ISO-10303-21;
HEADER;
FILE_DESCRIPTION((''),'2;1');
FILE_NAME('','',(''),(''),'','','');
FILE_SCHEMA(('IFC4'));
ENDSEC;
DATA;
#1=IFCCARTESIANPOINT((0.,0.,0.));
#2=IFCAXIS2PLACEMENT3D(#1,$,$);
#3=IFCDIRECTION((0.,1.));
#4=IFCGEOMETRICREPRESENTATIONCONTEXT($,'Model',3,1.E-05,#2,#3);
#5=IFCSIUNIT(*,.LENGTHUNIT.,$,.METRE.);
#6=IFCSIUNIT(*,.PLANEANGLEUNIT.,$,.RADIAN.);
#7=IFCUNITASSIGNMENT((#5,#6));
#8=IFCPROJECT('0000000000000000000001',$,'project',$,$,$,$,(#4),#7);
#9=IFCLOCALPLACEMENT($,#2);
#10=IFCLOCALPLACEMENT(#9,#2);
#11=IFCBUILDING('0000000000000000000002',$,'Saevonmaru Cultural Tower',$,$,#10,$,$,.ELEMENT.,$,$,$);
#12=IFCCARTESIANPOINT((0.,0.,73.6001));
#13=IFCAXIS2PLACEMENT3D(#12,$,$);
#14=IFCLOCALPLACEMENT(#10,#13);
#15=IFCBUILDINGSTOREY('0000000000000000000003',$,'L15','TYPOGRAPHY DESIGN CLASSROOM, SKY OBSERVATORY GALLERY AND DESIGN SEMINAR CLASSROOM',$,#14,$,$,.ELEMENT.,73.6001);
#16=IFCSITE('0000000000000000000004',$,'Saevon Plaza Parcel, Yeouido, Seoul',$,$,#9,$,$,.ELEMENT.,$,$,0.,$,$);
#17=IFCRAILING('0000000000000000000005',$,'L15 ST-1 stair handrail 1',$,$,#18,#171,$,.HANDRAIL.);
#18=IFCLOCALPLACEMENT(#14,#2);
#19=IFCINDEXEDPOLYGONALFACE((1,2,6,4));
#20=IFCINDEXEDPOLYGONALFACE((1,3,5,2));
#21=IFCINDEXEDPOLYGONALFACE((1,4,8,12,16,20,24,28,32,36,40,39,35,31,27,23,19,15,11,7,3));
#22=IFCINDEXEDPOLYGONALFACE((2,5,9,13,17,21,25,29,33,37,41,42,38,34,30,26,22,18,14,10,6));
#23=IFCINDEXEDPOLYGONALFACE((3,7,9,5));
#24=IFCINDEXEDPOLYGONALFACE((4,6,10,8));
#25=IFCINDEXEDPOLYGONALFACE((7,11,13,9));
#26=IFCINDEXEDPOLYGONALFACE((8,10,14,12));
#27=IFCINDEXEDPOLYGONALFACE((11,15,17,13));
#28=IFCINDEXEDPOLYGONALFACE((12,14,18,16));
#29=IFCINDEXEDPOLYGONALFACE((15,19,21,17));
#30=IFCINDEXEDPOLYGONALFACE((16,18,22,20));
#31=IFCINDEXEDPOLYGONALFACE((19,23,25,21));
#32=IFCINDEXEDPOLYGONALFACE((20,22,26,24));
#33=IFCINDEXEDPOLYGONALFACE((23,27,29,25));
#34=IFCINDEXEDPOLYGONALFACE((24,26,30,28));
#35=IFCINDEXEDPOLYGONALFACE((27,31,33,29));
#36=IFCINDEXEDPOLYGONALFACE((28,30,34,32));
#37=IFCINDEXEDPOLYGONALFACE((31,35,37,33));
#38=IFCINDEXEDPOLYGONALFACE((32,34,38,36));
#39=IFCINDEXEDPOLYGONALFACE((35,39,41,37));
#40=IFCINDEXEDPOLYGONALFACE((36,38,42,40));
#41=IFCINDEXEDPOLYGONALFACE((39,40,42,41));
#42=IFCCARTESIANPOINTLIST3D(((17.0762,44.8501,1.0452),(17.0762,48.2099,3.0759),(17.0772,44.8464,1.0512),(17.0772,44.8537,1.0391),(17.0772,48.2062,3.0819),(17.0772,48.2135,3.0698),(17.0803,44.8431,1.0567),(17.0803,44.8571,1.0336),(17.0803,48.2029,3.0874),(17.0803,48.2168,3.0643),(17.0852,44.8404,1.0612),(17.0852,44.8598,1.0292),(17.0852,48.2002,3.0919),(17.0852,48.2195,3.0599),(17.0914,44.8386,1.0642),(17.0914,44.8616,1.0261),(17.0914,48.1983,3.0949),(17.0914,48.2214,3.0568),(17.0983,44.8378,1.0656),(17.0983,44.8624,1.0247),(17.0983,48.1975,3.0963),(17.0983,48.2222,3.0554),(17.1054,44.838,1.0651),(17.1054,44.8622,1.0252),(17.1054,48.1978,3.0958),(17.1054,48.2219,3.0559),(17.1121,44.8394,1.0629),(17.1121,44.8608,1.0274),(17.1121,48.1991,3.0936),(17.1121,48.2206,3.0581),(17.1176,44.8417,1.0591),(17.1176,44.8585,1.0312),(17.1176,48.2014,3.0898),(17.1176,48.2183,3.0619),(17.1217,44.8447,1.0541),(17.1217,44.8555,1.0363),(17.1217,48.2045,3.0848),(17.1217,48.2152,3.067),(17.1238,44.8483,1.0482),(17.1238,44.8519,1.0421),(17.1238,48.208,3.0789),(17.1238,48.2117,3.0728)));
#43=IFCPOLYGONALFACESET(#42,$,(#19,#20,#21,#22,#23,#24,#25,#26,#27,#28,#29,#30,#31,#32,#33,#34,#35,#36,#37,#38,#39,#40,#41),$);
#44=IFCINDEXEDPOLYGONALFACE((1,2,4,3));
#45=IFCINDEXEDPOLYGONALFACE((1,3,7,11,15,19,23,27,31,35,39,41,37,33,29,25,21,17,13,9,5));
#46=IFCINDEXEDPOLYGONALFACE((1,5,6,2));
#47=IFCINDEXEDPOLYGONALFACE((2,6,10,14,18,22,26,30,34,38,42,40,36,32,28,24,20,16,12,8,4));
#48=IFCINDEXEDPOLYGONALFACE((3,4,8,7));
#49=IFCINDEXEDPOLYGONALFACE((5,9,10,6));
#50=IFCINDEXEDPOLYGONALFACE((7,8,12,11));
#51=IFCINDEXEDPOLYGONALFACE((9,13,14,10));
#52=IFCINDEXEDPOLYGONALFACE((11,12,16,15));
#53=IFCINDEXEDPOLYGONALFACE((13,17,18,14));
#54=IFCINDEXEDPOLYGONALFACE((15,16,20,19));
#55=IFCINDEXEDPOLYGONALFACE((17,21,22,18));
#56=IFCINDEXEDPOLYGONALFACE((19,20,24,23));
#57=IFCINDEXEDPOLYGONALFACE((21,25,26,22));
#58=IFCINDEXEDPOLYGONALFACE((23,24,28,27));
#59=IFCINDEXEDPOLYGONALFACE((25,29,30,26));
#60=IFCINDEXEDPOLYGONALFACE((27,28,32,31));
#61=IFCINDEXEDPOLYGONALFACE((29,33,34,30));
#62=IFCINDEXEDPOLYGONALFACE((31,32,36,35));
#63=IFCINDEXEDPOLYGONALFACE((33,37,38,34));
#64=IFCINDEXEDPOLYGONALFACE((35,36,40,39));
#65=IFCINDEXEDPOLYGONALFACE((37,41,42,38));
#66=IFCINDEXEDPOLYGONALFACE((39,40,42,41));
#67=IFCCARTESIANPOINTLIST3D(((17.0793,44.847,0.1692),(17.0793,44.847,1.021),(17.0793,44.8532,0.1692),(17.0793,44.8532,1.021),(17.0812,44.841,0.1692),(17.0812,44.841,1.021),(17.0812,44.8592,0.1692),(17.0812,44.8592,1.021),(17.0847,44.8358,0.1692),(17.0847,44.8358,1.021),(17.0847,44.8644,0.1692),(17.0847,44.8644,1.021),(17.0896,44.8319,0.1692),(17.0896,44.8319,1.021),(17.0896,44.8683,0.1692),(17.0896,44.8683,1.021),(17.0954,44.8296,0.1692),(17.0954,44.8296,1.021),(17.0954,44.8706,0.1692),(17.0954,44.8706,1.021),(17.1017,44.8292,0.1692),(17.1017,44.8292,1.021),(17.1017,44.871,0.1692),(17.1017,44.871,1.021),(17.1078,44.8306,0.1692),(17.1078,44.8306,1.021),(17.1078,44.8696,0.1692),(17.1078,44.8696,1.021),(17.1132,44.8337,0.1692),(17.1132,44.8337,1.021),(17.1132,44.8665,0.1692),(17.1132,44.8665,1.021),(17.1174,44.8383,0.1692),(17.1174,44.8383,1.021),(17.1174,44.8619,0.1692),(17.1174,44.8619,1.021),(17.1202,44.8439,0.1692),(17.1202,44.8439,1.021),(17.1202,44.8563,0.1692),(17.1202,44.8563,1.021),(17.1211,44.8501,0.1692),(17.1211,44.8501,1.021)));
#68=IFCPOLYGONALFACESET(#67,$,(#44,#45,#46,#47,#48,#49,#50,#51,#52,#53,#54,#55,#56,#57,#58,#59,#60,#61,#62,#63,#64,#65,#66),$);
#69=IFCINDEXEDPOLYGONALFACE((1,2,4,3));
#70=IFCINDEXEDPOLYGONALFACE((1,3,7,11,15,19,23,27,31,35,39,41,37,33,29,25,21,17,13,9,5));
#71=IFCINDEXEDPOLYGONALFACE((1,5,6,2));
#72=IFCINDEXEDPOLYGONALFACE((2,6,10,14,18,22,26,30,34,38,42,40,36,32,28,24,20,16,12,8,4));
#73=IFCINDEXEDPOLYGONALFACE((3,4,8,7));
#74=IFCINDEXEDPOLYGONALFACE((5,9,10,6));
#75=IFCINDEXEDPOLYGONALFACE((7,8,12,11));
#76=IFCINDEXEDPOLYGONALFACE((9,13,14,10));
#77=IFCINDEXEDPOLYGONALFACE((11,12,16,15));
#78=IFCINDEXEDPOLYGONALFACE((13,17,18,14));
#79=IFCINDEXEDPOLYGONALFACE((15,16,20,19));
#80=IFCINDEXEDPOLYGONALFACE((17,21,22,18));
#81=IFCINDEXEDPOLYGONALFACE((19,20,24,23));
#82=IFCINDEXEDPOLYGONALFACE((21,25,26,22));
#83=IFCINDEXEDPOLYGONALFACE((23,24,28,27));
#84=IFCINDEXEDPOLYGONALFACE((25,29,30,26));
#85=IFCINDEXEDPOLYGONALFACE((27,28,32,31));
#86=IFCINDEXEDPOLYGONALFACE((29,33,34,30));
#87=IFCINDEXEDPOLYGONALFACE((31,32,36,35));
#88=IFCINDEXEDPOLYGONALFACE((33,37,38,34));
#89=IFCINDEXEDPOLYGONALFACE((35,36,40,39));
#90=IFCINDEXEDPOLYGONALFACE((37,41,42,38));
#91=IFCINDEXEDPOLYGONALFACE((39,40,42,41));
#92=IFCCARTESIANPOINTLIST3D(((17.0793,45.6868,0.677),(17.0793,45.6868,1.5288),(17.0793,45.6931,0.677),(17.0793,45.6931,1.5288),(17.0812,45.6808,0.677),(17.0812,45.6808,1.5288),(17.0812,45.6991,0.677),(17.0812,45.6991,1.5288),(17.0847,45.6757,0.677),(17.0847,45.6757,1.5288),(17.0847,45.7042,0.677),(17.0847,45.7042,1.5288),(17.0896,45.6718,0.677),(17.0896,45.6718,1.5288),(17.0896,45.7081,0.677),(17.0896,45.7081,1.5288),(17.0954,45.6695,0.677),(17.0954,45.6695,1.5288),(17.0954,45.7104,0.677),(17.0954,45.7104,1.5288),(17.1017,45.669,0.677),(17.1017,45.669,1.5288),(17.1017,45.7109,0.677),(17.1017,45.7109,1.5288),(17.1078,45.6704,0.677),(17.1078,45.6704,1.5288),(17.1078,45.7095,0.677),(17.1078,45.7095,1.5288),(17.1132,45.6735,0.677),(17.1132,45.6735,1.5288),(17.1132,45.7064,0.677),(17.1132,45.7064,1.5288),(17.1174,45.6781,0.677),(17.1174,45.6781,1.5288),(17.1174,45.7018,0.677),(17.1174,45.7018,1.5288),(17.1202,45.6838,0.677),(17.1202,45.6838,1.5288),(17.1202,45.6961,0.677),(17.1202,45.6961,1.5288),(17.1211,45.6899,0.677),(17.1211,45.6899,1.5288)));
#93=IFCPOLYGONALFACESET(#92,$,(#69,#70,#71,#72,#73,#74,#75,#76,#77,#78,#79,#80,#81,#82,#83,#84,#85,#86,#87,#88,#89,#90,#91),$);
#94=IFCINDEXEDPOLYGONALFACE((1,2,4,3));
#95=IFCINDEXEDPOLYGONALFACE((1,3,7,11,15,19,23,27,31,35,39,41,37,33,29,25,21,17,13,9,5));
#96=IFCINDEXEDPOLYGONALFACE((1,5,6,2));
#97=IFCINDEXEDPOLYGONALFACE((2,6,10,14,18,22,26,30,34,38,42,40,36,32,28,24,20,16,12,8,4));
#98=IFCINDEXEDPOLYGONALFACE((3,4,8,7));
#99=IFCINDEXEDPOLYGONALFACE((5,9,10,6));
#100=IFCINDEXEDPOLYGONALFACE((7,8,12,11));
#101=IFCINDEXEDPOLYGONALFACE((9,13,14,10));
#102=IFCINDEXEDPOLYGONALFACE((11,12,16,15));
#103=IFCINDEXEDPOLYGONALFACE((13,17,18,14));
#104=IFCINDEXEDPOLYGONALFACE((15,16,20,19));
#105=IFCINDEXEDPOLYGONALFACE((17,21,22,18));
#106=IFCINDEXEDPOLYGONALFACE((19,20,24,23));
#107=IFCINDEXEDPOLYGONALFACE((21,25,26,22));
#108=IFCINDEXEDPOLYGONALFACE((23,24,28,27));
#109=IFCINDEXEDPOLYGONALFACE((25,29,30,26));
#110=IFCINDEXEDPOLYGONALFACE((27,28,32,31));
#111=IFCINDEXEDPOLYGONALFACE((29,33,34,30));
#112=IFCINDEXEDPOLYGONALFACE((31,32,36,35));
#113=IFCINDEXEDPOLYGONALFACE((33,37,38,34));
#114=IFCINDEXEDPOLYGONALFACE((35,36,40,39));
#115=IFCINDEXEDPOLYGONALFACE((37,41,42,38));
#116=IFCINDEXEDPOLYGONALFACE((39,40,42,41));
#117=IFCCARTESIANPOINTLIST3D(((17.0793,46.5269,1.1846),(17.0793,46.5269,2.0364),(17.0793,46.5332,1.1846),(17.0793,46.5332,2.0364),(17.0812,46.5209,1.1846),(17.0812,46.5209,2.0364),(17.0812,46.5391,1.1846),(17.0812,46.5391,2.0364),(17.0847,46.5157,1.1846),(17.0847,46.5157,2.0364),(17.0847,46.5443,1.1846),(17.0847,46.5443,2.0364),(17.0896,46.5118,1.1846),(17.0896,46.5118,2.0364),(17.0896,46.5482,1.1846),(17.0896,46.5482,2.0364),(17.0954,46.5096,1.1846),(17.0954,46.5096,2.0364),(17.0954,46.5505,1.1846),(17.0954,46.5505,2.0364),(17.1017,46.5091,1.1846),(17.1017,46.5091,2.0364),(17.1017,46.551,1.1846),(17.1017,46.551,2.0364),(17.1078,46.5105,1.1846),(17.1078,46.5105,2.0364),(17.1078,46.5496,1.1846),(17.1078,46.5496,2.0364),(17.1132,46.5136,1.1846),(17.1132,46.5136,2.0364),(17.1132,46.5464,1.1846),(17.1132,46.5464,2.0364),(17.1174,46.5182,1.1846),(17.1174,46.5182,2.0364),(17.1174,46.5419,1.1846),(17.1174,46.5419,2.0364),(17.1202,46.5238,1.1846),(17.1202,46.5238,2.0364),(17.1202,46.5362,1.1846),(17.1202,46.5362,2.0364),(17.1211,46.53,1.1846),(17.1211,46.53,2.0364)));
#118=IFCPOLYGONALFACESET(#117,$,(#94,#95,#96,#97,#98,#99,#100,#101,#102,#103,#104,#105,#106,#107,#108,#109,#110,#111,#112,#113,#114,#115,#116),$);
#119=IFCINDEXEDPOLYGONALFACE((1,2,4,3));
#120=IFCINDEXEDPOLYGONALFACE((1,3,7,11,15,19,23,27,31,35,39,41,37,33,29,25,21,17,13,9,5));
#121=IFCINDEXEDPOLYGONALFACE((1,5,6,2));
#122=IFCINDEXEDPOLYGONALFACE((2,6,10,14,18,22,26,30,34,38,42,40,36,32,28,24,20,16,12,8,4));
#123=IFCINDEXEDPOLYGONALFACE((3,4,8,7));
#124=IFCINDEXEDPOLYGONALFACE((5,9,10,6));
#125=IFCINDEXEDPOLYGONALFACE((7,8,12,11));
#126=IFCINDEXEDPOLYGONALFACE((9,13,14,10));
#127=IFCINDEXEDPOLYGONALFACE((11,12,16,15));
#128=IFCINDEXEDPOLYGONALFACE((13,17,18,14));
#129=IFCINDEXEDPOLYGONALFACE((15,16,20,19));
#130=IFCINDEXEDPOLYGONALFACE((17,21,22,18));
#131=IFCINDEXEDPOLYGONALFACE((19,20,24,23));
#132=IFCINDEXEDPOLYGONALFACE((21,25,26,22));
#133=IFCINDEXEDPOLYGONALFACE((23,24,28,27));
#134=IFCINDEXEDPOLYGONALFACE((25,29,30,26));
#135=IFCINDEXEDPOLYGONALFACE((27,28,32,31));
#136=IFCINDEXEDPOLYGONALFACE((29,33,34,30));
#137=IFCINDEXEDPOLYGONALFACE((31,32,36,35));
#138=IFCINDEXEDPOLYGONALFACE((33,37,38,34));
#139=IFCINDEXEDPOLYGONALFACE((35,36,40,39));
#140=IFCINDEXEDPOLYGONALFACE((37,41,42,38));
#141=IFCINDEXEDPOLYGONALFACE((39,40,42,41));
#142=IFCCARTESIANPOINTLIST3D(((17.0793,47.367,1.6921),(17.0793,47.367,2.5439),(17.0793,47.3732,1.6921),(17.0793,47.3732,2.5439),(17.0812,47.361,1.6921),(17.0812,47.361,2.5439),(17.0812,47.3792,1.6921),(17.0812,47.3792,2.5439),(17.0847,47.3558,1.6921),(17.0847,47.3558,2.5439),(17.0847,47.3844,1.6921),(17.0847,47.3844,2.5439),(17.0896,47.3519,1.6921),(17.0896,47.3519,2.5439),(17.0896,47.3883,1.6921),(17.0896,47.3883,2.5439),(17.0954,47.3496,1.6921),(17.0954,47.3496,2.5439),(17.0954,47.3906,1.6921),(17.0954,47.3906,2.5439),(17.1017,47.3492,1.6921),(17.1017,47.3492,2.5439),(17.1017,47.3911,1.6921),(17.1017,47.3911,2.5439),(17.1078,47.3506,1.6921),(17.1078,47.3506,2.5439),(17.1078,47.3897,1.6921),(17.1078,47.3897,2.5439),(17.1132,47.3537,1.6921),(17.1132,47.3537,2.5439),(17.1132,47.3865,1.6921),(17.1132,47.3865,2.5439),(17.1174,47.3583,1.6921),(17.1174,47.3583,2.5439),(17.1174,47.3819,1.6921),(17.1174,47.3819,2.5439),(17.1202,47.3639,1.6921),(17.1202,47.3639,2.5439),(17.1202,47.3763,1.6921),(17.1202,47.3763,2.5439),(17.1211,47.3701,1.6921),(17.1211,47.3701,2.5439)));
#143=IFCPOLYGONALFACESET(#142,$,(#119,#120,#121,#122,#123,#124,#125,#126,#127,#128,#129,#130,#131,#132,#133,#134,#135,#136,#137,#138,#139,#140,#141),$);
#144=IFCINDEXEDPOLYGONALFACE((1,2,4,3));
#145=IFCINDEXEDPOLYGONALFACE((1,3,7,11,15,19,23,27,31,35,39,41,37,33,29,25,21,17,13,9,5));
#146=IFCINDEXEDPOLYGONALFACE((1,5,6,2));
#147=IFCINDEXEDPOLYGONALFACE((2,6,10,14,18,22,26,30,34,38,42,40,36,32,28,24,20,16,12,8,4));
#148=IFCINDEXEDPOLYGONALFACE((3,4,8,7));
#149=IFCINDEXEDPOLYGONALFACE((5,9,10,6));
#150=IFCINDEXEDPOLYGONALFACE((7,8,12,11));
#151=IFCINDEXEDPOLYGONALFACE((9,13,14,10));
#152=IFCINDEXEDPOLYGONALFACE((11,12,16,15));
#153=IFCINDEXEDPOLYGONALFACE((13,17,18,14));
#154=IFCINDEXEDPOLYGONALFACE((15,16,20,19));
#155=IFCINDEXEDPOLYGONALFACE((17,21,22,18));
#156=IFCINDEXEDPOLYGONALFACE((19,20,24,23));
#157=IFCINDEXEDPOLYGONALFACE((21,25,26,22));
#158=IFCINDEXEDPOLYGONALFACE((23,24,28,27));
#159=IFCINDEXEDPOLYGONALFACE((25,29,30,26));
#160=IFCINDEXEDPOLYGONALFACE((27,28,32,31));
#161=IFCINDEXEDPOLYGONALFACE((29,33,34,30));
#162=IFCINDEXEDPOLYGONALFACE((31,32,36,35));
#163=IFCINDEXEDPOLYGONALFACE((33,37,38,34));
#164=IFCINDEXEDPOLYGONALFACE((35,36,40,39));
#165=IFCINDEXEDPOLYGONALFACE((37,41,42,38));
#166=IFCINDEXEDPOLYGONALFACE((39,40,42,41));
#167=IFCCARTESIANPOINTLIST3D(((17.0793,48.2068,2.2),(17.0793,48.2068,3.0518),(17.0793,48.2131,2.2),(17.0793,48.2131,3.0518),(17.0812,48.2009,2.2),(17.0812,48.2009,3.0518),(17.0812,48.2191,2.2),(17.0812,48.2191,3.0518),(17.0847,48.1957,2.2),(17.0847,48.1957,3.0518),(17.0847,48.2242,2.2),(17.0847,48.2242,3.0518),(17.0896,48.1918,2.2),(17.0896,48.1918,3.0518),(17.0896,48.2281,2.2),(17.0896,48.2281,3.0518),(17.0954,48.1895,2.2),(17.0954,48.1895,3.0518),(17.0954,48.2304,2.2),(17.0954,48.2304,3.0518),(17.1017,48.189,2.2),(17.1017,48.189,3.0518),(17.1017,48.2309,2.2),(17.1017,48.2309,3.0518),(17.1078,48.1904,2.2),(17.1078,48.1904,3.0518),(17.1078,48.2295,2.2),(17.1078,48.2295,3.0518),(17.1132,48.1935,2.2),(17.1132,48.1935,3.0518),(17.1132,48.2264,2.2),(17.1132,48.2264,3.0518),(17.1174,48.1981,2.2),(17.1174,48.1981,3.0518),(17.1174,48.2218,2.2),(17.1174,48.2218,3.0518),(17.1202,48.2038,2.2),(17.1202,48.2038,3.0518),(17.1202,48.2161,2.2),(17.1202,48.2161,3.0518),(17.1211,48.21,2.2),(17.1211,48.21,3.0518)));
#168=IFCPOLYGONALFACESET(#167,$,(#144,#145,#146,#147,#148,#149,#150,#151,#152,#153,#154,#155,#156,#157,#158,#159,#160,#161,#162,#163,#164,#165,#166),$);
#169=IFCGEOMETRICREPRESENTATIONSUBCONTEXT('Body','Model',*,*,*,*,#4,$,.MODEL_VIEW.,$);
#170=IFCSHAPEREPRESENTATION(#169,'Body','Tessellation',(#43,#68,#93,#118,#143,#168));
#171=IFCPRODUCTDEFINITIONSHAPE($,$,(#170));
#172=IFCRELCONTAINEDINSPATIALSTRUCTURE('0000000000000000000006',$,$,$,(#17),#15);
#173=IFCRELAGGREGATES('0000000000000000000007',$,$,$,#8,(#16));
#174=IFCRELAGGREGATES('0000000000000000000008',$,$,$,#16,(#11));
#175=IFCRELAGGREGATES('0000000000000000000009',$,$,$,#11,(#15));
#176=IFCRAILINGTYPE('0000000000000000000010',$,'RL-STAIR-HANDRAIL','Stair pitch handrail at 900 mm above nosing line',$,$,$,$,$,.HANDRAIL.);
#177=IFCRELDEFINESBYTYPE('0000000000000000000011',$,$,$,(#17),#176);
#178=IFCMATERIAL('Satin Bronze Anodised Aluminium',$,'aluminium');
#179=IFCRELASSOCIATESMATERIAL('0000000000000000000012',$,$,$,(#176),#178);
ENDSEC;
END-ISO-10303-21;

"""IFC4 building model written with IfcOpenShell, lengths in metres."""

from ifc_helpers import new_model, si_unit, direction, frame, origin, origin_2d, place, context, subcontext, project, spatial, circle, extrude, material, type_object, element, save


model = new_model("IFC4")

# Units and contexts
model_context = context("Model", 3, precision=1e-05, world=origin(), true_north=direction((0.0, 1.0)))
body_context = subcontext(model_context, "Body", "Model", "MODEL_VIEW")
ifc_project = project(units=[si_unit("LENGTHUNIT", "METRE"), si_unit("PLANEANGLEUNIT", "RADIAN")], contexts=[model_context])

# Site, building, storey
site_placement = place(None, origin())
site = spatial("IfcSite", under=ifc_project, at=site_placement, Name="Saevon Plaza Parcel, Yeouido, Seoul", CompositionType="ELEMENT", RefElevation=0.0)
building_placement = place(site_placement, origin())
building = spatial("IfcBuilding", under=site, at=building_placement, Name="Saevonmaru Cultural Tower", CompositionType="ELEMENT")
storey_placement = place(building_placement, frame((0.0, 0.0, 73.6001)))
storey = spatial("IfcBuildingStorey", under=building, at=storey_placement, Name="L15", Description="TYPOGRAPHY DESIGN CLASSROOM, SKY OBSERVATORY GALLERY AND DESIGN SEMINAR CLASSROOM", CompositionType="ELEMENT", Elevation=73.6001)

# Shared definitions
ifc_material_1 = material(Name="Satin Bronze Anodised Aluminium", Category="aluminium")

# Railing
railing_type_1 = type_object("IfcRailingType", Name="RL-STAIR-HANDRAIL", Description="Stair pitch handrail at 900 mm above nosing line", PredefinedType="HANDRAIL", material=ifc_material_1)
railing_1_placement = place(storey_placement, frame((17.1001, 44.8501, 0.1692)))
element("IfcRailing", 1, at=railing_1_placement, inside=storey, type_object=railing_type_1, Name="L15 ST-1 stair handrail 1", PredefinedType="HANDRAIL", context=body_context, shape_type="SweptSolid", body=[
    extrude(circle(Radius=0.0239, at=origin_2d()), frame((0.0, 0.0, 0.876), z_axis=(0.0, 0.85582, 0.517273), x_axis=(-1.0, 0.0, 0.0)), (0.0, 0.0, 1.0), 3.9258),
    extrude(circle(Radius=0.021, at=origin_2d()), origin(), (0.0, 0.0, 1.0), 0.8518),
    extrude(circle(Radius=0.021, at=origin_2d()), frame((0.0, 0.8398, 0.5078)), (0.0, 0.0, 1.0), 0.8518),
    extrude(circle(Radius=0.021, at=origin_2d()), frame((0.0, 1.6799, 1.0154)), (0.0, 0.0, 1.0), 0.8518),
    extrude(circle(Radius=0.021, at=origin_2d()), frame((0.0, 2.52, 1.5229)), (0.0, 0.0, 1.0), 0.8518),
    extrude(circle(Radius=0.021, at=origin_2d()), frame((0.0, 3.3599, 2.0308)), (0.0, 0.0, 1.0), 0.8518),
])

save(model, "model.ifc")
